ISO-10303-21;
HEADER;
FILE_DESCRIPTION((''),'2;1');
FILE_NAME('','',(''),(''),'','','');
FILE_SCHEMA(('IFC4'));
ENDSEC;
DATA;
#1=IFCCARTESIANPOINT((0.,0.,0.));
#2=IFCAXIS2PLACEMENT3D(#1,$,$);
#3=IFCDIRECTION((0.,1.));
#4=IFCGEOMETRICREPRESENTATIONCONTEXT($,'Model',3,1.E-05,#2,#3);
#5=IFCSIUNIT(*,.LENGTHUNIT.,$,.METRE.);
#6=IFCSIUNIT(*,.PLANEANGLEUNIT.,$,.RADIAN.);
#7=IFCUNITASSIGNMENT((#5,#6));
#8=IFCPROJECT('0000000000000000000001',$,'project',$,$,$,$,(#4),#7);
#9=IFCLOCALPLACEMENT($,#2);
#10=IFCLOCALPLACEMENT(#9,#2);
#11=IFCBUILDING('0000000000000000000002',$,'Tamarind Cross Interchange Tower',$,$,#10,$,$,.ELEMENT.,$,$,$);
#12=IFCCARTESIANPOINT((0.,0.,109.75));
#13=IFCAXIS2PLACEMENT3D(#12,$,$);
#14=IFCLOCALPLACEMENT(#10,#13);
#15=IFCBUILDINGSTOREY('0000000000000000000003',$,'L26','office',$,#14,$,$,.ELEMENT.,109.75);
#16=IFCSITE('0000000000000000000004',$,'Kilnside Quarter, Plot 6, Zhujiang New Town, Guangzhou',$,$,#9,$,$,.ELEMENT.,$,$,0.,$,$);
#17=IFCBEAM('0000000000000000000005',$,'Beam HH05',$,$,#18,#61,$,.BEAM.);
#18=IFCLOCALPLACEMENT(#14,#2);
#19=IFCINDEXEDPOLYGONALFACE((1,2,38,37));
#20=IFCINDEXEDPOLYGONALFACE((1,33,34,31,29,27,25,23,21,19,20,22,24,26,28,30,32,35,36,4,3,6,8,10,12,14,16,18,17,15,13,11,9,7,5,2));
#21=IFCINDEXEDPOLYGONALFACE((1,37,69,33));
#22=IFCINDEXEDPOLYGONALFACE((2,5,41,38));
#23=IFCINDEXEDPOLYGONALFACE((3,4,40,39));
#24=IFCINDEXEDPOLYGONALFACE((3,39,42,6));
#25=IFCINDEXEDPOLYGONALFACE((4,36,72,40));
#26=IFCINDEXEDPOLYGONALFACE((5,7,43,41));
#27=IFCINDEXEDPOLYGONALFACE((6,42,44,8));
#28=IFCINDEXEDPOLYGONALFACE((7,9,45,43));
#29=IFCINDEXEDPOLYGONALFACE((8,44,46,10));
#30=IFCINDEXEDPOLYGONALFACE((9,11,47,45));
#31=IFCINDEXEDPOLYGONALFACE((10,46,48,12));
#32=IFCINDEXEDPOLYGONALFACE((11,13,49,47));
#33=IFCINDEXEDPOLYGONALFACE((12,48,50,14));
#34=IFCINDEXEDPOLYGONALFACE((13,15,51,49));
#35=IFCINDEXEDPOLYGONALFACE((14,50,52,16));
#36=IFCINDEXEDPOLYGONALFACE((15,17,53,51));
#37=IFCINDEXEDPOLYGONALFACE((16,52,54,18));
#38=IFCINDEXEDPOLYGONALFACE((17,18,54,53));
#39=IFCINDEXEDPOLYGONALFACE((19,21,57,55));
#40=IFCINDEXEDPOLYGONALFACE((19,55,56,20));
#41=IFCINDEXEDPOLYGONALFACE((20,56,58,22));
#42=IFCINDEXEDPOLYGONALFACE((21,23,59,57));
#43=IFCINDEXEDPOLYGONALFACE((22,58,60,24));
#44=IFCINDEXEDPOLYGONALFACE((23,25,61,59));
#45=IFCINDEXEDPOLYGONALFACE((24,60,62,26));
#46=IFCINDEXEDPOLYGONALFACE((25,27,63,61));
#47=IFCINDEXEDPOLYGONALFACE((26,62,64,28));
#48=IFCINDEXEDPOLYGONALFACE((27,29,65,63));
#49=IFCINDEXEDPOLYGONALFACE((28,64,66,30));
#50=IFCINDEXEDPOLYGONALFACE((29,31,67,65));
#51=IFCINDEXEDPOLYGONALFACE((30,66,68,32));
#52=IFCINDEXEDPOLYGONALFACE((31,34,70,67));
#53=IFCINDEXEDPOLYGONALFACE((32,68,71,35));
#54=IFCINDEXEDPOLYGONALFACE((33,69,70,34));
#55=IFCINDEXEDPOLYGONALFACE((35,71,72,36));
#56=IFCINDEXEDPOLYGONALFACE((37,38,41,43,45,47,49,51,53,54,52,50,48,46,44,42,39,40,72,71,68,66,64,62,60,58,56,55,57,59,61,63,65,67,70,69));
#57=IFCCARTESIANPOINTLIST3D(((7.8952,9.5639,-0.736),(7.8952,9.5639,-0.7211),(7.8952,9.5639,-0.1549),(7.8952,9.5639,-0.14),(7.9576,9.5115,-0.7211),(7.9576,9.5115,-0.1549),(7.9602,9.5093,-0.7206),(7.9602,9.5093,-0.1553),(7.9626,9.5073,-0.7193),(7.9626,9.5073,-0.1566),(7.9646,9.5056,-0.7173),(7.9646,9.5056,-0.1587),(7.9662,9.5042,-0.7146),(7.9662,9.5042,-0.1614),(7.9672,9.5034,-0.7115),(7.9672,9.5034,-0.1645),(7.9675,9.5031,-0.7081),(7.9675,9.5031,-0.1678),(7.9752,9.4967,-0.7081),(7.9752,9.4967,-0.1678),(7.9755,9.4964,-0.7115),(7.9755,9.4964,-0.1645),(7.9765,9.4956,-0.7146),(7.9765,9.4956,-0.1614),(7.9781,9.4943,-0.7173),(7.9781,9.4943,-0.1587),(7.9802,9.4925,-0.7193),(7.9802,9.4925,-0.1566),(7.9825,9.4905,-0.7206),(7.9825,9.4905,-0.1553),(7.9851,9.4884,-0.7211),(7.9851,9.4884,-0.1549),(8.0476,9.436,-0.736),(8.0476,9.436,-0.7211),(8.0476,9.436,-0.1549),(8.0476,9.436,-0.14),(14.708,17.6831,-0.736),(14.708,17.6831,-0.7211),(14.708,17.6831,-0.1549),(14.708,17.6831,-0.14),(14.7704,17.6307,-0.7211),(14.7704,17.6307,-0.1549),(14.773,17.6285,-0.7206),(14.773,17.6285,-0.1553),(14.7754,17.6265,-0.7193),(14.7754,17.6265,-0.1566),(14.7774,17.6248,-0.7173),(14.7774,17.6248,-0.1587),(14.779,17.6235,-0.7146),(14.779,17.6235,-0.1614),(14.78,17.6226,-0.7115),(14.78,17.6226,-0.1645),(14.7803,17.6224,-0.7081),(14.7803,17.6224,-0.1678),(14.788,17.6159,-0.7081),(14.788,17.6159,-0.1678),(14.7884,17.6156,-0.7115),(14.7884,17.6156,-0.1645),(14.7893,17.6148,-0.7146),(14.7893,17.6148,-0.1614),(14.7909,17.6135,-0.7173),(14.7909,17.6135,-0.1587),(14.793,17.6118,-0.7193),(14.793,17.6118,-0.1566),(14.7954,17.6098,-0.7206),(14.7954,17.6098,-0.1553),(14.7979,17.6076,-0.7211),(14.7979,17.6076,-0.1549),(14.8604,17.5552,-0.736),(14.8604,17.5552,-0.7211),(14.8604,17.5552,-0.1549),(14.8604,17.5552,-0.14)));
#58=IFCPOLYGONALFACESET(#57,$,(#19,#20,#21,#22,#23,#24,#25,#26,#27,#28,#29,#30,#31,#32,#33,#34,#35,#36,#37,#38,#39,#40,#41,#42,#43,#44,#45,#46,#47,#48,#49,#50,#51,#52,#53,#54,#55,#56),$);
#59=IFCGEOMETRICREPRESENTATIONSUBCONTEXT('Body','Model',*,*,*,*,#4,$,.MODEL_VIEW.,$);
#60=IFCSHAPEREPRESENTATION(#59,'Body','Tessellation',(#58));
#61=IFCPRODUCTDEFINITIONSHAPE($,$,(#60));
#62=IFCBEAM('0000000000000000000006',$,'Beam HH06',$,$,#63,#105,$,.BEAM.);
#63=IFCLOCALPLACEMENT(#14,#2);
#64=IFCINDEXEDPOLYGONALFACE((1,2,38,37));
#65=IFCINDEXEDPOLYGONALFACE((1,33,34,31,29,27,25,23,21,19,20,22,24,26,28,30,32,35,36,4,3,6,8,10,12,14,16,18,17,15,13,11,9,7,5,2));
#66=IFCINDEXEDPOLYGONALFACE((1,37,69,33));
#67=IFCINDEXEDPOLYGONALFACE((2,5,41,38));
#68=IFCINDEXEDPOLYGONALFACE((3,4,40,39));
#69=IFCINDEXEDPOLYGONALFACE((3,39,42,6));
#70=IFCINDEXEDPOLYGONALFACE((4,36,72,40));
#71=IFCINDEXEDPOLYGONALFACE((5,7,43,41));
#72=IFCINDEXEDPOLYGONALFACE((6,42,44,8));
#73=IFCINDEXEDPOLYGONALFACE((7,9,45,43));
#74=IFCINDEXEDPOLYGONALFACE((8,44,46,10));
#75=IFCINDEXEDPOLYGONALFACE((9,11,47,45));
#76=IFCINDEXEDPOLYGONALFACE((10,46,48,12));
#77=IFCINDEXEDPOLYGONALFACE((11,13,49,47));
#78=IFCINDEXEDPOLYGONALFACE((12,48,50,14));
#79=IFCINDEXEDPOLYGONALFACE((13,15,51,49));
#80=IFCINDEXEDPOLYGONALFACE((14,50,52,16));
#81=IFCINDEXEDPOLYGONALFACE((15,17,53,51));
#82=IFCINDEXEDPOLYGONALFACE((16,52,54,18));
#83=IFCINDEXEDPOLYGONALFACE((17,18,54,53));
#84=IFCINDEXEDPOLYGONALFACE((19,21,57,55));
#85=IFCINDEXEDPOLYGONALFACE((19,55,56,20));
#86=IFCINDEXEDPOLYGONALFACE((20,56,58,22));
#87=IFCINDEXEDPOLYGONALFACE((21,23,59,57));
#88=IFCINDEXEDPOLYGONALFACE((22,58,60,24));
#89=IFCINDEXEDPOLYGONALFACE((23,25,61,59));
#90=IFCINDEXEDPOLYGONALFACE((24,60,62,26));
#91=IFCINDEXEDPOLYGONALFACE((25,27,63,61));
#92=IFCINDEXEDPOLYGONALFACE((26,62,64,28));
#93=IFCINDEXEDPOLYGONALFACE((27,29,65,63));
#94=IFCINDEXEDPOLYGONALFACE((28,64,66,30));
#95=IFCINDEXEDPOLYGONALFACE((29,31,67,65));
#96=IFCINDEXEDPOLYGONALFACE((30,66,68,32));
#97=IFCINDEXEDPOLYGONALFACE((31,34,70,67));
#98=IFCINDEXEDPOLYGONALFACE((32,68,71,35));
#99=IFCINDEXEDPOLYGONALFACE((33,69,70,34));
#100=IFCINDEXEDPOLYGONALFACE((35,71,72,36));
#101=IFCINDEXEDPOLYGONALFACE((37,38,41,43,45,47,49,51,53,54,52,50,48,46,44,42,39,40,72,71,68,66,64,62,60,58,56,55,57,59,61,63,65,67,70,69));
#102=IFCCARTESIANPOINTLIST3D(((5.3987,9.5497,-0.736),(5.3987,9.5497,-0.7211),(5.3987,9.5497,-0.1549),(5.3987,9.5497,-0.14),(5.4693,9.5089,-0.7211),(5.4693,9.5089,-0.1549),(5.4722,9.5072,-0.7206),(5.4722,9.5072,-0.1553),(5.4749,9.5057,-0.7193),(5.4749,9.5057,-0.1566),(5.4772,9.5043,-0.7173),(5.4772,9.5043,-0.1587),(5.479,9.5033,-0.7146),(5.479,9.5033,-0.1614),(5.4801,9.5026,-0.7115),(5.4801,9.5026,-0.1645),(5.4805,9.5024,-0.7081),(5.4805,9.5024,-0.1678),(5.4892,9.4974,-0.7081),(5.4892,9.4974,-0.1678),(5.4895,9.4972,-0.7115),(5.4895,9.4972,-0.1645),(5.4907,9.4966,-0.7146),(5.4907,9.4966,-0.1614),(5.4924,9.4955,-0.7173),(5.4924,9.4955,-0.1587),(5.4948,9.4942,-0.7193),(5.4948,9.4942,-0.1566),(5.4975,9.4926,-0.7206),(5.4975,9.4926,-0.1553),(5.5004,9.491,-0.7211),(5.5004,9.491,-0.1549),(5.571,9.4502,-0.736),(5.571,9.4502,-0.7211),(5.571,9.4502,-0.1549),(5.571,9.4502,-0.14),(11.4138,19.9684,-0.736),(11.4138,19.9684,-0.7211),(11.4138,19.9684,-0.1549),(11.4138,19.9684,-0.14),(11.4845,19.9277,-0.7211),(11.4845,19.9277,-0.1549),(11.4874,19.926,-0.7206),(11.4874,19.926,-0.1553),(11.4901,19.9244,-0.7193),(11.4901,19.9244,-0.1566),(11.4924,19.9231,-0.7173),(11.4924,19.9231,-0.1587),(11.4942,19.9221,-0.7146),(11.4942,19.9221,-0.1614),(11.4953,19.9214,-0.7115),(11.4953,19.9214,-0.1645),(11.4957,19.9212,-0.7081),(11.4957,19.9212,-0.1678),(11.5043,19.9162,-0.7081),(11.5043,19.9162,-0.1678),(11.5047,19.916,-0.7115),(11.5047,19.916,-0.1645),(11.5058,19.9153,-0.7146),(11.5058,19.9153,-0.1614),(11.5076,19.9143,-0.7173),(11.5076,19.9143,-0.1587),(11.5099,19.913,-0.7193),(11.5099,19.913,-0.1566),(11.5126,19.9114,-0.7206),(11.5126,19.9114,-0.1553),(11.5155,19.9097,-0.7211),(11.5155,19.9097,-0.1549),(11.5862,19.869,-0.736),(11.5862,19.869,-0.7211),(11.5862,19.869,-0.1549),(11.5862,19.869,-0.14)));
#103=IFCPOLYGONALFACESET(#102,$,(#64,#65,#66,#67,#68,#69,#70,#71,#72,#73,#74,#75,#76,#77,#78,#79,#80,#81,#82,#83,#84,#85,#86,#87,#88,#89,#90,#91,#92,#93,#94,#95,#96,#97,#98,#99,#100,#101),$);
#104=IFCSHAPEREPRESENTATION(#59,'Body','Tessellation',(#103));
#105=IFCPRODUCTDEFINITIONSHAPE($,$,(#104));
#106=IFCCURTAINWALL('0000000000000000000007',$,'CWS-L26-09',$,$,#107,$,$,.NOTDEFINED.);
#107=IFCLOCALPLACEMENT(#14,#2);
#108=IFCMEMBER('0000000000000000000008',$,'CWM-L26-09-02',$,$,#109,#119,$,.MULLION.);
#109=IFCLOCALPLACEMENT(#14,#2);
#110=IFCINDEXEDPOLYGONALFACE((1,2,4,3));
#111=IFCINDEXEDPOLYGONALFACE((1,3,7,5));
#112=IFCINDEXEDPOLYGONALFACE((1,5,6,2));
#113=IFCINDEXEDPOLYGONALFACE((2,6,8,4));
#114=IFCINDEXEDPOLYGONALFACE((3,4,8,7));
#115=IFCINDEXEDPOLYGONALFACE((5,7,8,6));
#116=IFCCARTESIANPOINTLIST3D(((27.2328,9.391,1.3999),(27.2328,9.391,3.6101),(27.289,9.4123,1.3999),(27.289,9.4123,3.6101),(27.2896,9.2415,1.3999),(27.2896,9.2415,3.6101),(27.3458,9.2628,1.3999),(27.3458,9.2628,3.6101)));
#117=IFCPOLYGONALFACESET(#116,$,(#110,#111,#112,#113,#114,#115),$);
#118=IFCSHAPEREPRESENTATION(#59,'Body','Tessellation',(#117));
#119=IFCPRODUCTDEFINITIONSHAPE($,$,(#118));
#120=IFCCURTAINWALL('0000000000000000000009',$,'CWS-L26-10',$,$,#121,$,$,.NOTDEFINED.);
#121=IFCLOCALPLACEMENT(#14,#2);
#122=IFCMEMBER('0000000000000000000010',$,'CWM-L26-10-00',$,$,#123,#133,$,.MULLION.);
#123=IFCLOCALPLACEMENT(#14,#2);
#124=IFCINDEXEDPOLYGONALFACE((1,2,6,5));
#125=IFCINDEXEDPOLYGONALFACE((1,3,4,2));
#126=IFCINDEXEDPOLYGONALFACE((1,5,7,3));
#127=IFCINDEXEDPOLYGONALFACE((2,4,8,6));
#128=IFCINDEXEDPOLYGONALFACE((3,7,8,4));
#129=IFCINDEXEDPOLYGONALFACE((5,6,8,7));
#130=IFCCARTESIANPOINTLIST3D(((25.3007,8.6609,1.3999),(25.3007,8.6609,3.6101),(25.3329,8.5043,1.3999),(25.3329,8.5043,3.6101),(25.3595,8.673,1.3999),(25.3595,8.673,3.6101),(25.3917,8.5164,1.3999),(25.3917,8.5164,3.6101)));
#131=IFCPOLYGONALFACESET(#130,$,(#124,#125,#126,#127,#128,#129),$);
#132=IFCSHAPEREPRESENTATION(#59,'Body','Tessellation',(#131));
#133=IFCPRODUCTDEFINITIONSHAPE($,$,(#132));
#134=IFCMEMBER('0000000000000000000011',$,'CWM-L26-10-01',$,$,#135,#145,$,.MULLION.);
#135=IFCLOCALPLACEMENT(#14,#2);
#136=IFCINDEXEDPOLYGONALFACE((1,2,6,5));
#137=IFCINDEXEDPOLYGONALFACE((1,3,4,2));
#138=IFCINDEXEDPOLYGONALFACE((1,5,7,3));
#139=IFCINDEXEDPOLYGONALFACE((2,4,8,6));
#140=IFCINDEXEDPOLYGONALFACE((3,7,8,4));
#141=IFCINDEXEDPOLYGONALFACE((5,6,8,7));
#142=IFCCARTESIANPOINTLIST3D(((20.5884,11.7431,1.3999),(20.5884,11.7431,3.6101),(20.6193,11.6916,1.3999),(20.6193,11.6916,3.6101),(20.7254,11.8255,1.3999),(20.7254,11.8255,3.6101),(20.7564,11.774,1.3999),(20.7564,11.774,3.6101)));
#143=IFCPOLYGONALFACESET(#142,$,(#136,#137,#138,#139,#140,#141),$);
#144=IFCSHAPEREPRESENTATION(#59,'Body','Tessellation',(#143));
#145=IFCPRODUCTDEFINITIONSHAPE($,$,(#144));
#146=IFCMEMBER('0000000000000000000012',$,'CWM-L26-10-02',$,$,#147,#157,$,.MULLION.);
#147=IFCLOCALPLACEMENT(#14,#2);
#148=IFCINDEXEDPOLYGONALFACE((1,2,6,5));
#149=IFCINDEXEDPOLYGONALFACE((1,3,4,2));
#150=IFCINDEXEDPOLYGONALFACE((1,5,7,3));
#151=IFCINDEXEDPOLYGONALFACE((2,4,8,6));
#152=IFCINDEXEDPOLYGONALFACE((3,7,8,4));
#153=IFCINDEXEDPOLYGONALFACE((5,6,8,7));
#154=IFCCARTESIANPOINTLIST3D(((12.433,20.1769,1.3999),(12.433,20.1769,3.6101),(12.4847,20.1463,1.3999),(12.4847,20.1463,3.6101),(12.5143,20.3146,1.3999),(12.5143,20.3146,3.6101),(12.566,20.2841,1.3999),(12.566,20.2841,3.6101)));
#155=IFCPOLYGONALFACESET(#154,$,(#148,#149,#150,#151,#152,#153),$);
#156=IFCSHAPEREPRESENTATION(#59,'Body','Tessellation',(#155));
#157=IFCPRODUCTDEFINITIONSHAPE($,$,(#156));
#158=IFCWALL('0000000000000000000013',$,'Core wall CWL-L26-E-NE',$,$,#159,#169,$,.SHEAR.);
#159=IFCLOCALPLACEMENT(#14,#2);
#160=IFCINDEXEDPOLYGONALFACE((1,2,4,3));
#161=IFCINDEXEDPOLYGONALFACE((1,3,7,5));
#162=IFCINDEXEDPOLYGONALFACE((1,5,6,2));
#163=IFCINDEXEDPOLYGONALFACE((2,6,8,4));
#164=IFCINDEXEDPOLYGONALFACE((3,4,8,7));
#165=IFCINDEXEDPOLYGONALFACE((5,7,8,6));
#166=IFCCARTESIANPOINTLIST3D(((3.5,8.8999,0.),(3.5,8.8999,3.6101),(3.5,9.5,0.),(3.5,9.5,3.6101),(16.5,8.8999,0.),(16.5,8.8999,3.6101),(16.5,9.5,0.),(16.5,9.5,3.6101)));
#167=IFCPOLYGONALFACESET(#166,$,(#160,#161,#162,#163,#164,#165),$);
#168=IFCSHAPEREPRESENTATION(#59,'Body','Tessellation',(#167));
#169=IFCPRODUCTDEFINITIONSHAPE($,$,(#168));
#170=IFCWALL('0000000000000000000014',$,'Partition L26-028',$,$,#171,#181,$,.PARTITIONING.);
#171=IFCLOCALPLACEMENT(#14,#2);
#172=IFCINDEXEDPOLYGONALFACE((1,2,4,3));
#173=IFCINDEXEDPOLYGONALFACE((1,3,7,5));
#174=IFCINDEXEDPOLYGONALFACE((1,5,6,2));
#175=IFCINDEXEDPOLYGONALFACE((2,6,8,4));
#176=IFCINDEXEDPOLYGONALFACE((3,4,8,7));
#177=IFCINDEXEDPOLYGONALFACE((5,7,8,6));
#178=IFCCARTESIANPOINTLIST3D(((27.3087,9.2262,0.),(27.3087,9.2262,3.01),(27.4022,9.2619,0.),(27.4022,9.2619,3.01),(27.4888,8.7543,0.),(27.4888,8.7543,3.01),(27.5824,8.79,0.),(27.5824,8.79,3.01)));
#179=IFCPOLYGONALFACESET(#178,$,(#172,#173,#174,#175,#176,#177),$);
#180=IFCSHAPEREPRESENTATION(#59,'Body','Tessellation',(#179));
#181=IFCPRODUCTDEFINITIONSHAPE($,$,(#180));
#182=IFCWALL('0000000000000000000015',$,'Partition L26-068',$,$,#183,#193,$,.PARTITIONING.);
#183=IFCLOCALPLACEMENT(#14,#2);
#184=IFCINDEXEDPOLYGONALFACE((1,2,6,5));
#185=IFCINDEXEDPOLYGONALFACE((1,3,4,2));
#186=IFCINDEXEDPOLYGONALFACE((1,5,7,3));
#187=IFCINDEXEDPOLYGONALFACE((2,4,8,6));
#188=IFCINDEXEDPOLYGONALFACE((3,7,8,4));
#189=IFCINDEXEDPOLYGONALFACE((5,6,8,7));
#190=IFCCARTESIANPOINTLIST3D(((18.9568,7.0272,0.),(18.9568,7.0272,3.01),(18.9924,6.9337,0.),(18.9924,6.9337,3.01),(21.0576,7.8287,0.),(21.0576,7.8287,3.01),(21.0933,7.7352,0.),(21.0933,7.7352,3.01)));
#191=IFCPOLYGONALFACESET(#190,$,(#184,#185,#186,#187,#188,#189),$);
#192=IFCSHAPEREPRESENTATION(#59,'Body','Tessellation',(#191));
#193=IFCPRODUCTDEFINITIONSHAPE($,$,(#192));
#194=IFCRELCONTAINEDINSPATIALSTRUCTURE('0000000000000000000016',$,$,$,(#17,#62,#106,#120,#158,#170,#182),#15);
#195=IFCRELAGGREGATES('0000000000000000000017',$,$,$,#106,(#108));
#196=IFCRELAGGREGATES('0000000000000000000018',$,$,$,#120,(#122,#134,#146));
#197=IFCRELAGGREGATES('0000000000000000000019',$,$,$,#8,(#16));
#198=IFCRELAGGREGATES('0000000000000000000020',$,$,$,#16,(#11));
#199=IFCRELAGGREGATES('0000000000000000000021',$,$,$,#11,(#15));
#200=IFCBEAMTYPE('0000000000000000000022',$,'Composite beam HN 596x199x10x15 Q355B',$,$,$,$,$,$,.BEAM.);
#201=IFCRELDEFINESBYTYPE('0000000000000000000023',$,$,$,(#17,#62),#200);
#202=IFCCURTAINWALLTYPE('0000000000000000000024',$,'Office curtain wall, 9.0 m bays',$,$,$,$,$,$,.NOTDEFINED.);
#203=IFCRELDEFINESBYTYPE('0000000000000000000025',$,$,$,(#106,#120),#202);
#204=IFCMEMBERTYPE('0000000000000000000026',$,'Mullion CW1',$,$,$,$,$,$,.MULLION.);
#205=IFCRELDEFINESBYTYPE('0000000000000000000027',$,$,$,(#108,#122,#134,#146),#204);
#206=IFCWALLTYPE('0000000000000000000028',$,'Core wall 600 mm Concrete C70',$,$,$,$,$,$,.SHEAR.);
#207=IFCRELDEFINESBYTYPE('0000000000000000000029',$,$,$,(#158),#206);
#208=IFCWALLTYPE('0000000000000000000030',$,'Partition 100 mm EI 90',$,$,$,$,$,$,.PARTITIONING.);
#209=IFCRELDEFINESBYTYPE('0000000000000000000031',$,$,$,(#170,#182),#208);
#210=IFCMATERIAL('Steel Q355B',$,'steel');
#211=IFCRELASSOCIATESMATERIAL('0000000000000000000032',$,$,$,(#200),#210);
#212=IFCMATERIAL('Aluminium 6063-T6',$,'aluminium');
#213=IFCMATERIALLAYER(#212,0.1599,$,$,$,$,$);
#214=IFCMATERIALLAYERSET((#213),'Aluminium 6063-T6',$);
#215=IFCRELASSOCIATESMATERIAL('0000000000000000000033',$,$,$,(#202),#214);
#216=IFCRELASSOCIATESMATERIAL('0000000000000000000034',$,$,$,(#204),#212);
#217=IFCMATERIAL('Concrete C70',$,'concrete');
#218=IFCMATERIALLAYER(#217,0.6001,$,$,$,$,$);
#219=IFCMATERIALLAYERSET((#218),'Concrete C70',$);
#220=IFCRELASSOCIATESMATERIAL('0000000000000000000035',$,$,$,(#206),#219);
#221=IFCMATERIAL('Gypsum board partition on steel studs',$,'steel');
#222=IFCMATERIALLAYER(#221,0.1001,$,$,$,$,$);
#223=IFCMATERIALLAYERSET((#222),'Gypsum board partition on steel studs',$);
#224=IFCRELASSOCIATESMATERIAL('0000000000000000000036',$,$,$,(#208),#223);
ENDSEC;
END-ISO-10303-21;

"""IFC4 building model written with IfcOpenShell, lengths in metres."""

from ifc_helpers import new_model, si_unit, direction, frame, frame_2d, origin, origin_2d, place, context, subcontext, project, spatial, rectangle, i_section, extrude, material, layer, layer_set, material_profile, profile_set, type_object, element, aggregate, save


model = new_model("IFC4")

# Units and contexts
model_context = context("Model", 3, precision=1e-05, world=origin(), true_north=direction((0.0, 1.0)))
body_context = subcontext(model_context, "Body", "Model", "MODEL_VIEW")
ifc_project = project(units=[si_unit("LENGTHUNIT", "METRE"), si_unit("PLANEANGLEUNIT", "RADIAN")], contexts=[model_context])

# Site, building, storey
site_placement = place(None, origin())
site = spatial("IfcSite", under=ifc_project, at=site_placement, Name="Kilnside Quarter, Plot 6, Zhujiang New Town, Guangzhou", CompositionType="ELEMENT", RefElevation=0.0)
building_placement = place(site_placement, origin())
building = spatial("IfcBuilding", under=site, at=building_placement, Name="Tamarind Cross Interchange Tower", CompositionType="ELEMENT")
storey_placement = place(building_placement, frame((0.0, 0.0, 109.75)))
storey = spatial("IfcBuildingStorey", under=building, at=storey_placement, Name="L26", Description="office", CompositionType="ELEMENT", Elevation=109.75)

# Beams
ifc_material_1 = material(Name="Steel Q355B", Category="steel")
ifc_material_profile_1 = material_profile(ifc_material_1, i_section(OverallWidth=0.199, OverallDepth=0.5959, WebThickness=0.01, FlangeThickness=0.0149, FilletRadius=0.0129, at=origin_2d()), Name="HN 596x199x10x15")
ifc_profile_set_1 = profile_set([ifc_material_profile_1], Name="Steel Q355B")
beam_type = type_object("IfcBeamType", Name="Composite beam HN 596x199x10x15 Q355B", PredefinedType="BEAM", material=ifc_profile_set_1)
beam_1_placement = place(storey_placement, frame((14.7842, 17.6191, -0.438), z_axis=(-0.642786, -0.766046, 0.0), x_axis=(0.766046, -0.642786, 0.0)))
element("IfcBeam", 1, at=beam_1_placement, inside=storey, type_object=beam_type, Name="Beam HH05", PredefinedType="BEAM", context=body_context, shape_type="SweptSolid", body=[
    extrude(i_section(OverallWidth=0.199, OverallDepth=0.5959, WebThickness=0.01, FlangeThickness=0.0149, FilletRadius=0.0129, at=origin_2d()), origin(), (0.0, 0.0, 1.0), 10.5989),
])
beam_2_placement = place(storey_placement, frame((11.5, 19.9187, -0.438), z_axis=(-0.499994, -0.866029, 0.0), x_axis=(0.866029, -0.499994, 0.0)))
element("IfcBeam", 2, at=beam_2_placement, inside=storey, type_object=beam_type, Name="Beam HH06", PredefinedType="BEAM", context=body_context, shape_type="SweptSolid", body=[
    extrude(i_section(OverallWidth=0.199, OverallDepth=0.5959, WebThickness=0.01, FlangeThickness=0.0149, FilletRadius=0.0129, at=origin_2d()), origin(), (0.0, 0.0, 1.0), 12.0305),
])

# Curtain wall, member
ifc_material_2 = material(Name="Aluminium 6063-T6", Category="aluminium")
ifc_layer_1 = layer(ifc_material_2, 0.1599)
ifc_layer_set_1 = layer_set([ifc_layer_1], Name="Aluminium 6063-T6")
curtain_wall_type = type_object("IfcCurtainWallType", Name="Office curtain wall, 9.0 m bays", PredefinedType="NOTDEFINED", material=ifc_layer_set_1)
curtain_wall_1_placement = place(storey_placement, origin())
curtain_wall_1 = element("IfcCurtainWall", 3, at=curtain_wall_1_placement, inside=storey, type_object=curtain_wall_type, Name="CWS-L26-09", PredefinedType="NOTDEFINED")
ifc_material_profile_2 = material_profile(ifc_material_2, rectangle(XDim=0.0601, YDim=0.1599, at=origin_2d()), Name="Mullion CW1")
ifc_profile_set_2 = profile_set([ifc_material_profile_2], Name="Aluminium 6063-T6")
member_type = type_object("IfcMemberType", Name="Mullion CW1", PredefinedType="MULLION", material=ifc_profile_set_2)
member_1_placement = place(storey_placement, frame((27.2893, 9.3269, 1.3999), z_axis=(0.0, 0.0, 1.0), x_axis=(-0.934796, -0.355186, 0.0)))
member_1 = element("IfcMember", 4, at=member_1_placement, type_object=member_type, Name="CWM-L26-09-02", PredefinedType="MULLION", context=body_context, shape_type="SweptSolid", body=[
    extrude(rectangle(XDim=0.0601, YDim=0.1599, at=origin_2d()), origin(), (0.0, 0.0, 1.0), 2.2102),
])
aggregate(curtain_wall_1, [member_1])

# Curtain wall, members
curtain_wall_2_placement = place(storey_placement, origin())
curtain_wall_2 = element("IfcCurtainWall", 5, at=curtain_wall_2_placement, inside=storey, type_object=curtain_wall_type, Name="CWS-L26-10", PredefinedType="NOTDEFINED")
member_2_placement = place(storey_placement, frame((25.3462, 8.5886, 1.3999), z_axis=(0.0, 0.0, 1.0), x_axis=(-0.979481, -0.201537, 0.0)))
member_2 = element("IfcMember", 6, at=member_2_placement, type_object=member_type, Name="CWM-L26-10-00", PredefinedType="MULLION", context=body_context, shape_type="SweptSolid", body=[
    extrude(rectangle(XDim=0.0601, YDim=0.1599, at=origin_2d()), origin(), (0.0, 0.0, 1.0), 2.2102),
])
member_3_placement = place(storey_placement, frame((20.6724, 11.7585, 1.3999), z_axis=(0.0, 0.0, 1.0), x_axis=(-0.515577, 0.856843, 0.0)))
member_3 = element("IfcMember", 7, at=member_3_placement, type_object=member_type, Name="CWM-L26-10-01", PredefinedType="MULLION", context=body_context, shape_type="SweptSolid", body=[
    extrude(rectangle(XDim=0.0601, YDim=0.1599, at=origin_2d()), origin(), (0.0, 0.0, 1.0), 2.2102),
])
member_4_placement = place(storey_placement, frame((12.4995, 20.2305, 1.3999), z_axis=(0.0, 0.0, 1.0), x_axis=(-0.861249, 0.508183, 0.0)))
member_4 = element("IfcMember", 8, at=member_4_placement, type_object=member_type, Name="CWM-L26-10-02", PredefinedType="MULLION", context=body_context, shape_type="SweptSolid", body=[
    extrude(rectangle(XDim=0.0601, YDim=0.1599, at=origin_2d()), origin(), (0.0, 0.0, 1.0), 2.2102),
])
aggregate(curtain_wall_2, [member_2, member_3, member_4])

# Walls
ifc_material_3 = material(Name="Concrete C70", Category="concrete")
ifc_layer_2 = layer(ifc_material_3, 0.6001)
ifc_layer_set_2 = layer_set([ifc_layer_2], Name="Concrete C70")
wall_type_1 = type_object("IfcWallType", Name="Core wall 600 mm Concrete C70", PredefinedType="SHEAR", material=ifc_layer_set_2)
wall_1_placement = place(storey_placement, frame((16.5, 9.2, 0.0), z_axis=(0.0, 0.0, 1.0), x_axis=(-1.0, 0.0, 0.0)))
element("IfcWall", 9, at=wall_1_placement, inside=storey, type_object=wall_type_1, Name="Core wall CWL-L26-E-NE", PredefinedType="SHEAR", context=body_context, shape_type="SweptSolid", body=[
    extrude(rectangle(XDim=13.0, YDim=0.6001, at=frame_2d((6.5, 0.0))), origin(), (0.0, 0.0, 1.0), 3.6101),
])
ifc_material_4 = material(Name="Gypsum board partition on steel studs", Category="steel")
ifc_layer_3 = layer(ifc_material_4, 0.1001)
ifc_layer_set_3 = layer_set([ifc_layer_3], Name="Gypsum board partition on steel studs")
wall_type_2 = type_object("IfcWallType", Name="Partition 100 mm EI 90", PredefinedType="PARTITIONING", material=ifc_layer_set_3)
wall_2_placement = place(storey_placement, frame((27.3555, 9.2439, 0.0), z_axis=(0.0, 0.0, 1.0), x_axis=(0.356679, -0.934227, 0.0)))
element("IfcWall", 10, at=wall_2_placement, inside=storey, type_object=wall_type_2, Name="Partition L26-028", PredefinedType="PARTITIONING", context=body_context, shape_type="SweptSolid", body=[
    extrude(rectangle(XDim=0.5051, YDim=0.1001, at=frame_2d((0.2524, 0.0))), origin(), (0.0, 0.0, 1.0), 3.01),
])
wall_3_placement = place(storey_placement, frame((18.9746, 6.9805, 0.0), z_axis=(0.0, 0.0, 1.0), x_axis=(0.93431, 0.35646, 0.0)))
element("IfcWall", 11, at=wall_3_placement, inside=storey, type_object=wall_type_2, Name="Partition L26-068", PredefinedType="PARTITIONING", context=body_context, shape_type="SweptSolid", body=[
    extrude(rectangle(XDim=2.2485, YDim=0.1001, at=frame_2d((1.1243, 0.0))), origin(), (0.0, 0.0, 1.0), 3.01),
])

save(model, "model.ifc")
